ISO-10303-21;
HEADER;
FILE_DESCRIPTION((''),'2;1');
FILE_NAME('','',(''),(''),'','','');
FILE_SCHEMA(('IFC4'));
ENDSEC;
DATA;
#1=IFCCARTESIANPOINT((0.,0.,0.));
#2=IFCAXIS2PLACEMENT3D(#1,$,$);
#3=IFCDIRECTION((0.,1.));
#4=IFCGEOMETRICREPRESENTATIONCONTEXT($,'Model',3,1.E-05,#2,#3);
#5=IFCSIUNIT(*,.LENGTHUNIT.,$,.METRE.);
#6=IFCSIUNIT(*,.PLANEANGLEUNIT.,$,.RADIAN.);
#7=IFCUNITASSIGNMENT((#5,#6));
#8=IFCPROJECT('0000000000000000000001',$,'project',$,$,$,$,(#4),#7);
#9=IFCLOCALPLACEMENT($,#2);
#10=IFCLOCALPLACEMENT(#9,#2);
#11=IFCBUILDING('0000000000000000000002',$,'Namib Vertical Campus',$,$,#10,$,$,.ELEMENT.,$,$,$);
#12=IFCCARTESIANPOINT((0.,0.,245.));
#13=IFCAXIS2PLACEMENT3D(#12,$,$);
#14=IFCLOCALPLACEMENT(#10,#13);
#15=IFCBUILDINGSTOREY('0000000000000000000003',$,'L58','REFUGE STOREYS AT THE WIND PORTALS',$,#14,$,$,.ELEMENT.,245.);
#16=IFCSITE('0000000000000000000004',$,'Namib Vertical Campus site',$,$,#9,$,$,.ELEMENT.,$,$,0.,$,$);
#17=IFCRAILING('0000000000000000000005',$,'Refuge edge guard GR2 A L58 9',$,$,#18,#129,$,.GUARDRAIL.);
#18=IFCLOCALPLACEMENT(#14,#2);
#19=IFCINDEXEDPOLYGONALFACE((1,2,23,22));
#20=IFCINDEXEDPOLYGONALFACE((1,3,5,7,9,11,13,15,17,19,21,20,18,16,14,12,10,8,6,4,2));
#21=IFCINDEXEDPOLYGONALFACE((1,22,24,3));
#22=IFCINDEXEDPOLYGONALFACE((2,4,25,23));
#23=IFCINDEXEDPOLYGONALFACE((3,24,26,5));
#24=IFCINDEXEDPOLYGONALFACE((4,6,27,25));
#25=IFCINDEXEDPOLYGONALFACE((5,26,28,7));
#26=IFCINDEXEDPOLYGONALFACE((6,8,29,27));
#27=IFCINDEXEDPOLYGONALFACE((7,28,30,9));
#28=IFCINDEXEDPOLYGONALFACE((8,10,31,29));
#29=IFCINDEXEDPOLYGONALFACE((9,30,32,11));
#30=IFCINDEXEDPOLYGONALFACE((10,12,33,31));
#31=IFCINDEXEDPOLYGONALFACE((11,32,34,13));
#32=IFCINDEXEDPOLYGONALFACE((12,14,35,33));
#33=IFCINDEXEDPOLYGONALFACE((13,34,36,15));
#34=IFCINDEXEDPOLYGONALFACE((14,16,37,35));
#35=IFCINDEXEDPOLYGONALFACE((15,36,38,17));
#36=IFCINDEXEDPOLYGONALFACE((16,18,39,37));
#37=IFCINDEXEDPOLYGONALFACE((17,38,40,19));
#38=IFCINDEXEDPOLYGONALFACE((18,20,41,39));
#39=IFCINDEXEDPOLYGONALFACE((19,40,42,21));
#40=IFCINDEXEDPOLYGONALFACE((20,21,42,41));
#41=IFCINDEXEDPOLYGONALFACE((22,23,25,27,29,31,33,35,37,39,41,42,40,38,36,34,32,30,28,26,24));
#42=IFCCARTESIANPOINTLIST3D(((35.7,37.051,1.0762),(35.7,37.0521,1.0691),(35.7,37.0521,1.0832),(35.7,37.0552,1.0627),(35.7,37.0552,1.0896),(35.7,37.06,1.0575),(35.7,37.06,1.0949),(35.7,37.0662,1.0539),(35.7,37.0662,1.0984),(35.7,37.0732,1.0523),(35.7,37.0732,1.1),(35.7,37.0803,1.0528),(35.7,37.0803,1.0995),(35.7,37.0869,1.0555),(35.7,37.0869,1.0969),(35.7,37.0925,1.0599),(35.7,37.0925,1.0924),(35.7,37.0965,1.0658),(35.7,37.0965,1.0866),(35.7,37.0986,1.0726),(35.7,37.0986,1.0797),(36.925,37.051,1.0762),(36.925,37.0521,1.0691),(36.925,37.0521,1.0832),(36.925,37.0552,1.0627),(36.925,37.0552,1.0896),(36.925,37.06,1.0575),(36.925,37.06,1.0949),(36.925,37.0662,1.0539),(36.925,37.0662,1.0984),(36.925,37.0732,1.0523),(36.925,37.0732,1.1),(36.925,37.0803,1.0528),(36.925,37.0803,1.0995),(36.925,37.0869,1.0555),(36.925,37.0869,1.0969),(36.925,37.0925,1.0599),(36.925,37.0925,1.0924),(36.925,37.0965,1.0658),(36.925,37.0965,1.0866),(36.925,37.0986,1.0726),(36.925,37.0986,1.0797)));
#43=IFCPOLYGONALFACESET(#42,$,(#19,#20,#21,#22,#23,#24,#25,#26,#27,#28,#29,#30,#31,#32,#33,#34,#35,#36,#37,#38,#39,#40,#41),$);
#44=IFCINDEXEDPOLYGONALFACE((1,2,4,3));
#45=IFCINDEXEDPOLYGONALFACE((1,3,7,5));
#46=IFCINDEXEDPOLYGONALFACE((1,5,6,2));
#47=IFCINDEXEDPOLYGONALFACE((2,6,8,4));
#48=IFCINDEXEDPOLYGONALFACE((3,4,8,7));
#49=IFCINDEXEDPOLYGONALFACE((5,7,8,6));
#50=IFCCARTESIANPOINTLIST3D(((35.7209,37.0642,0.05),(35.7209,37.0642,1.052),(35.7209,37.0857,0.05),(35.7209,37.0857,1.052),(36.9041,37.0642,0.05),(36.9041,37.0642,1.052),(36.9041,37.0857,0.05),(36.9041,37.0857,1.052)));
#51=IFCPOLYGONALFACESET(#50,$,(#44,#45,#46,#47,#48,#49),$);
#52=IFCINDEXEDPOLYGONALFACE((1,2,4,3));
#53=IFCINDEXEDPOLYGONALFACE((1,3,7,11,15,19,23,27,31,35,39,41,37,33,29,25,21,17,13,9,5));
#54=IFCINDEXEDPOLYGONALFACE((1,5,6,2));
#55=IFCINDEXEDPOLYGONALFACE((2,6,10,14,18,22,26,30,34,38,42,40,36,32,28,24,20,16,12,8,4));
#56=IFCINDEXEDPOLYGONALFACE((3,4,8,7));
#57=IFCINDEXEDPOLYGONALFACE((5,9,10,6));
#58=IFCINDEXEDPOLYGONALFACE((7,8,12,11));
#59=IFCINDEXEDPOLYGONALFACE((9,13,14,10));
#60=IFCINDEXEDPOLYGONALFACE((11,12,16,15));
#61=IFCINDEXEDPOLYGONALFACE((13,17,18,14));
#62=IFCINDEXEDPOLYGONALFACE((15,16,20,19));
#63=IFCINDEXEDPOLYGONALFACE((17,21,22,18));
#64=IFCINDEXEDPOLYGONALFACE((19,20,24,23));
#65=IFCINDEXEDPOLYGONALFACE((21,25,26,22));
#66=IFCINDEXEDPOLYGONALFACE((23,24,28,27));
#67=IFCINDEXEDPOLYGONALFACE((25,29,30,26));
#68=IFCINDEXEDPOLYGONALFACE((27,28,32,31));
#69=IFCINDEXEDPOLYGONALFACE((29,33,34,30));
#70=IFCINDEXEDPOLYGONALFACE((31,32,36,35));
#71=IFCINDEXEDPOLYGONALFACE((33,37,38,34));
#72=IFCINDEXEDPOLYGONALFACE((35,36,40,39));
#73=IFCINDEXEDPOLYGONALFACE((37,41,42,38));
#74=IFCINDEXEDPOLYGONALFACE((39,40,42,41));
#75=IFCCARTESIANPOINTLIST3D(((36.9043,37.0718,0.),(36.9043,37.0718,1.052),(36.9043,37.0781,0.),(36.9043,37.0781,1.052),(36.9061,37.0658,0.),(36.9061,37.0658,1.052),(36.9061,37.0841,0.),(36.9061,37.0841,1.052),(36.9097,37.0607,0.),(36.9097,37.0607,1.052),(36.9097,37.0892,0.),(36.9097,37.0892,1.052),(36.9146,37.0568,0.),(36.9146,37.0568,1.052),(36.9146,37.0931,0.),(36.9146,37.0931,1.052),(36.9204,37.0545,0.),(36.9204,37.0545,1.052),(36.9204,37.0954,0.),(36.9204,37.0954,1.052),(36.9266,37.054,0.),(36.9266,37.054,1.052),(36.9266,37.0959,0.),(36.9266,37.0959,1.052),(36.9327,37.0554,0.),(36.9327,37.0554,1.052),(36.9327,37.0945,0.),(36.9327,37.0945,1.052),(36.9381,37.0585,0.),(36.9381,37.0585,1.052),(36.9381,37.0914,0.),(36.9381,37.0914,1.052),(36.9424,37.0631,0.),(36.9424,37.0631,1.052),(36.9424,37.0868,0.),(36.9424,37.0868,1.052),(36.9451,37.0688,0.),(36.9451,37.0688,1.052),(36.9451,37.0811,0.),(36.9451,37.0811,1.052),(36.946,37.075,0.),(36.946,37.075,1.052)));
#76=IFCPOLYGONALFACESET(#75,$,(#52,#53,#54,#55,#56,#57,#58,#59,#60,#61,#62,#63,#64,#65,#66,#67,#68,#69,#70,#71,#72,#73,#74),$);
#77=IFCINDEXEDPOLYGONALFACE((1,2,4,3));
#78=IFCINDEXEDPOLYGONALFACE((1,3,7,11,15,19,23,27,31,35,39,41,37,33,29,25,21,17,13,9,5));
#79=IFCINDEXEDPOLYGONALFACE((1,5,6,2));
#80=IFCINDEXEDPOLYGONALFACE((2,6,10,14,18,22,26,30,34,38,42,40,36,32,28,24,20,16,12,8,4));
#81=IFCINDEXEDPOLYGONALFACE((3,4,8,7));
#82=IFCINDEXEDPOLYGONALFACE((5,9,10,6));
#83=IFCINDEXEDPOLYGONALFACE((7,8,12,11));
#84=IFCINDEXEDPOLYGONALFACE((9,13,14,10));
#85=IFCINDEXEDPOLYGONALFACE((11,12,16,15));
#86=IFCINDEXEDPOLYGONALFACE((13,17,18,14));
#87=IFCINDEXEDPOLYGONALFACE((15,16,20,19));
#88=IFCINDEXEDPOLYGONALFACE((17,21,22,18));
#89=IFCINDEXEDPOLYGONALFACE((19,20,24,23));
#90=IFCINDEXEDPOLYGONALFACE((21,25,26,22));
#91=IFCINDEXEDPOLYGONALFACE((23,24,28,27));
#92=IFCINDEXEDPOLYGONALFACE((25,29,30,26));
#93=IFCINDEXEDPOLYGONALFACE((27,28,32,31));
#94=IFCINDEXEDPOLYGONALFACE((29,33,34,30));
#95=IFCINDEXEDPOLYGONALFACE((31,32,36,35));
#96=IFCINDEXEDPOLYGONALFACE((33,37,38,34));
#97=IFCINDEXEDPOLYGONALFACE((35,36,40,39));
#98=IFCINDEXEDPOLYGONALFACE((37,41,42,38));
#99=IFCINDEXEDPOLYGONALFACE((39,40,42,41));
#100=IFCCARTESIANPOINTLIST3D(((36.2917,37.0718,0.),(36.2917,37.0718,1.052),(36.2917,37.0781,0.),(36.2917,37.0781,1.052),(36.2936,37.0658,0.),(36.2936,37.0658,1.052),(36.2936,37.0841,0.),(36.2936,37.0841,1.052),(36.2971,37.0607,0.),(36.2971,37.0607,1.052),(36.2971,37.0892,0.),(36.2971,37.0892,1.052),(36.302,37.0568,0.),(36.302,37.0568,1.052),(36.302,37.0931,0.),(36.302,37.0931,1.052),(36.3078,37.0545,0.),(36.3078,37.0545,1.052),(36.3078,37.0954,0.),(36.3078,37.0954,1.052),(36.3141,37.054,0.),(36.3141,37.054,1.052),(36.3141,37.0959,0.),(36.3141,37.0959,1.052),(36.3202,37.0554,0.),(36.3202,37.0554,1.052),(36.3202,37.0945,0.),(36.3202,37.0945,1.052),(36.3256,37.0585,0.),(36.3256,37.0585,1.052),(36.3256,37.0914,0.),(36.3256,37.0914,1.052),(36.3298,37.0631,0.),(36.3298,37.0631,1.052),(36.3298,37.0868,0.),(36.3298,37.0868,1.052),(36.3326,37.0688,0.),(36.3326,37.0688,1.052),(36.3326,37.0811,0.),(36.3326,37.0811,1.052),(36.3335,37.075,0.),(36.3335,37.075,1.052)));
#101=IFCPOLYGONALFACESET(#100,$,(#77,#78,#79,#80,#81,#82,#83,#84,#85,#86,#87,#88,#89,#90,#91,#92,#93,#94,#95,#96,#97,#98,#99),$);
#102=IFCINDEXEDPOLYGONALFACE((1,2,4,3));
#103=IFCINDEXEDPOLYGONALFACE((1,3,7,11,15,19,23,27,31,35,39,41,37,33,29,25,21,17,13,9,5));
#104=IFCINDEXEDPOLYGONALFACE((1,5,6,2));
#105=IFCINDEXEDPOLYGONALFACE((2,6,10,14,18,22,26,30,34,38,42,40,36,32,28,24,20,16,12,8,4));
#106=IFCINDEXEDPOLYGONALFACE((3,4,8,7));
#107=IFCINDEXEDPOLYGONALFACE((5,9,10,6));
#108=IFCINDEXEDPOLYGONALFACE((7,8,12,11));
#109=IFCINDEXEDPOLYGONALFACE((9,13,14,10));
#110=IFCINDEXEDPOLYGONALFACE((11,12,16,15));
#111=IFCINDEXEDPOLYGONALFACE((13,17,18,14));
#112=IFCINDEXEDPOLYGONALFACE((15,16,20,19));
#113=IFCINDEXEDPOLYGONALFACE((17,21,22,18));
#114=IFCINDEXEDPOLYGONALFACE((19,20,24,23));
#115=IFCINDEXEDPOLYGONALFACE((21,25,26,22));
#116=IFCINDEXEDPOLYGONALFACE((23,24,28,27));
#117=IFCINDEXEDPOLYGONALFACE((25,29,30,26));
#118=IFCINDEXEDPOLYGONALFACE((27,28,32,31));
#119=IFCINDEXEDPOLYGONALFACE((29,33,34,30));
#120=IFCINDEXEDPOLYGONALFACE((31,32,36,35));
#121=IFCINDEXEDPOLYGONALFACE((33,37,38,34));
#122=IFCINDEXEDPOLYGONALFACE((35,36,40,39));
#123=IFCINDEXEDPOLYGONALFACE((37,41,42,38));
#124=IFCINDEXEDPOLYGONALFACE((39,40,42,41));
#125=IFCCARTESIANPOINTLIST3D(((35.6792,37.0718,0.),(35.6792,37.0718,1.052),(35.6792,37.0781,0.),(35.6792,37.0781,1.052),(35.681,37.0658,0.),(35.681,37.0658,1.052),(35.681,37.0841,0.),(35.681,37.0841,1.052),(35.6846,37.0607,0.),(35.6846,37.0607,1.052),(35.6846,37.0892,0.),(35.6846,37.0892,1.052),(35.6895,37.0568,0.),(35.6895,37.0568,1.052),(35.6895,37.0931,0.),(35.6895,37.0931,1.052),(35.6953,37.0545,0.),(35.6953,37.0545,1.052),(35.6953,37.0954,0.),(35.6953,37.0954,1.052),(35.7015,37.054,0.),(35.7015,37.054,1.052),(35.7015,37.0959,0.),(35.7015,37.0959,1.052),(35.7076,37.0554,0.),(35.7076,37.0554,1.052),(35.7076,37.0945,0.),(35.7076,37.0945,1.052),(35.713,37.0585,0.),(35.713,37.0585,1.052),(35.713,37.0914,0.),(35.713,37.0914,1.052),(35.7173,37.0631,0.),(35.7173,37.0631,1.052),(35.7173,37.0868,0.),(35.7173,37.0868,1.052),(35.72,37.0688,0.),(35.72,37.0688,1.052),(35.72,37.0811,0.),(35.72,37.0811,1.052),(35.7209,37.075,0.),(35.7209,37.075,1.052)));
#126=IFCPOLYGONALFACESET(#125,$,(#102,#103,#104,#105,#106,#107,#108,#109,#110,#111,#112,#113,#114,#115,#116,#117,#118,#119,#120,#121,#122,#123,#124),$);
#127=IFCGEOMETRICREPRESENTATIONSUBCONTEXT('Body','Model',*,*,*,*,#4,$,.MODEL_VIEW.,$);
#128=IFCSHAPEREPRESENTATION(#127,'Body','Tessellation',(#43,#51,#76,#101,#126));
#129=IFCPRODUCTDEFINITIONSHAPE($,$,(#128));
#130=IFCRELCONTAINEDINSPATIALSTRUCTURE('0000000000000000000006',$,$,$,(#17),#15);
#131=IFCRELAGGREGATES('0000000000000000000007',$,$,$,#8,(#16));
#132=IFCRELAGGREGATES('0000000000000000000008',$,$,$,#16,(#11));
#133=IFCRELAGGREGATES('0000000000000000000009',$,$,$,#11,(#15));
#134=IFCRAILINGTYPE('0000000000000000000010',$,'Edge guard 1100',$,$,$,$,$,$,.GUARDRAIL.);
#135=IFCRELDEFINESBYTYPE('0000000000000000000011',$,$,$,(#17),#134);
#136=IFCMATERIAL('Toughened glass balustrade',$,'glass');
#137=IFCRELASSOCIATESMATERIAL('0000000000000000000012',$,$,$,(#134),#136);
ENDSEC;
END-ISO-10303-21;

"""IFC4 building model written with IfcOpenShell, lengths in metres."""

from ifc_helpers import new_model, si_unit, direction, frame, origin, origin_2d, place, context, subcontext, project, spatial, polyline, circle, outline, extrude, material, type_object, element, save


model = new_model("IFC4")

# Units and contexts
model_context = context("Model", 3, precision=1e-05, world=origin(), true_north=direction((0.0, 1.0)))
body_context = subcontext(model_context, "Body", "Model", "MODEL_VIEW")
ifc_project = project(units=[si_unit("LENGTHUNIT", "METRE"), si_unit("PLANEANGLEUNIT", "RADIAN")], contexts=[model_context])

# Site, building, storey
site_placement = place(None, origin())
site = spatial("IfcSite", under=ifc_project, at=site_placement, Name="Namib Vertical Campus site", CompositionType="ELEMENT", RefElevation=0.0)
building_placement = place(site_placement, origin())
building = spatial("IfcBuilding", under=site, at=building_placement, Name="Namib Vertical Campus", CompositionType="ELEMENT")
storey_placement = place(building_placement, frame((0.0, 0.0, 245.0)))
storey = spatial("IfcBuildingStorey", under=building, at=storey_placement, Name="L58", Description="REFUGE STOREYS AT THE WIND PORTALS", CompositionType="ELEMENT", Elevation=245.0)

# Railing
ifc_material_1 = material(Name="Toughened glass balustrade", Category="glass")
railing_type = type_object("IfcRailingType", Name="Edge guard 1100", PredefinedType="GUARDRAIL", material=ifc_material_1)
railing_1_placement = place(storey_placement, frame((36.925, 37.075, 0.0)))
element("IfcRailing", 1, at=railing_1_placement, inside=storey, type_object=railing_type, Name="Refuge edge guard GR2 A L58 9", PredefinedType="GUARDRAIL", context=body_context, shape_type="SweptSolid", body=[
    extrude(circle(Radius=0.0239, at=origin_2d()), frame((0.0, 0.0, 1.0762), z_axis=(-1.0, 0.0, 0.0), x_axis=(0.0, -1.0, 0.0)), (0.0, 0.0, 1.0), 1.2251),
    extrude(outline(polyline([(0.021, 0.05), (1.2041, 0.05), (1.2041, 1.052), (0.021, 1.052), (0.021, 0.05)])), frame((0.0, -0.0107, 0.0), z_axis=(0.0, 1.0, 0.0), x_axis=(-1.0, 0.0, 0.0)), (0.0, 0.0, 1.0), 0.0215),
    extrude(circle(Radius=0.021, at=origin_2d()), origin(), (0.0, 0.0, 1.0), 1.052),
    extrude(circle(Radius=0.021, at=origin_2d()), frame((-0.6125, 0.0, 0.0)), (0.0, 0.0, 1.0), 1.052),
    extrude(circle(Radius=0.021, at=origin_2d()), frame((-1.2251, 0.0, 0.0)), (0.0, 0.0, 1.0), 1.052),
])

save(model, "model.ifc")
